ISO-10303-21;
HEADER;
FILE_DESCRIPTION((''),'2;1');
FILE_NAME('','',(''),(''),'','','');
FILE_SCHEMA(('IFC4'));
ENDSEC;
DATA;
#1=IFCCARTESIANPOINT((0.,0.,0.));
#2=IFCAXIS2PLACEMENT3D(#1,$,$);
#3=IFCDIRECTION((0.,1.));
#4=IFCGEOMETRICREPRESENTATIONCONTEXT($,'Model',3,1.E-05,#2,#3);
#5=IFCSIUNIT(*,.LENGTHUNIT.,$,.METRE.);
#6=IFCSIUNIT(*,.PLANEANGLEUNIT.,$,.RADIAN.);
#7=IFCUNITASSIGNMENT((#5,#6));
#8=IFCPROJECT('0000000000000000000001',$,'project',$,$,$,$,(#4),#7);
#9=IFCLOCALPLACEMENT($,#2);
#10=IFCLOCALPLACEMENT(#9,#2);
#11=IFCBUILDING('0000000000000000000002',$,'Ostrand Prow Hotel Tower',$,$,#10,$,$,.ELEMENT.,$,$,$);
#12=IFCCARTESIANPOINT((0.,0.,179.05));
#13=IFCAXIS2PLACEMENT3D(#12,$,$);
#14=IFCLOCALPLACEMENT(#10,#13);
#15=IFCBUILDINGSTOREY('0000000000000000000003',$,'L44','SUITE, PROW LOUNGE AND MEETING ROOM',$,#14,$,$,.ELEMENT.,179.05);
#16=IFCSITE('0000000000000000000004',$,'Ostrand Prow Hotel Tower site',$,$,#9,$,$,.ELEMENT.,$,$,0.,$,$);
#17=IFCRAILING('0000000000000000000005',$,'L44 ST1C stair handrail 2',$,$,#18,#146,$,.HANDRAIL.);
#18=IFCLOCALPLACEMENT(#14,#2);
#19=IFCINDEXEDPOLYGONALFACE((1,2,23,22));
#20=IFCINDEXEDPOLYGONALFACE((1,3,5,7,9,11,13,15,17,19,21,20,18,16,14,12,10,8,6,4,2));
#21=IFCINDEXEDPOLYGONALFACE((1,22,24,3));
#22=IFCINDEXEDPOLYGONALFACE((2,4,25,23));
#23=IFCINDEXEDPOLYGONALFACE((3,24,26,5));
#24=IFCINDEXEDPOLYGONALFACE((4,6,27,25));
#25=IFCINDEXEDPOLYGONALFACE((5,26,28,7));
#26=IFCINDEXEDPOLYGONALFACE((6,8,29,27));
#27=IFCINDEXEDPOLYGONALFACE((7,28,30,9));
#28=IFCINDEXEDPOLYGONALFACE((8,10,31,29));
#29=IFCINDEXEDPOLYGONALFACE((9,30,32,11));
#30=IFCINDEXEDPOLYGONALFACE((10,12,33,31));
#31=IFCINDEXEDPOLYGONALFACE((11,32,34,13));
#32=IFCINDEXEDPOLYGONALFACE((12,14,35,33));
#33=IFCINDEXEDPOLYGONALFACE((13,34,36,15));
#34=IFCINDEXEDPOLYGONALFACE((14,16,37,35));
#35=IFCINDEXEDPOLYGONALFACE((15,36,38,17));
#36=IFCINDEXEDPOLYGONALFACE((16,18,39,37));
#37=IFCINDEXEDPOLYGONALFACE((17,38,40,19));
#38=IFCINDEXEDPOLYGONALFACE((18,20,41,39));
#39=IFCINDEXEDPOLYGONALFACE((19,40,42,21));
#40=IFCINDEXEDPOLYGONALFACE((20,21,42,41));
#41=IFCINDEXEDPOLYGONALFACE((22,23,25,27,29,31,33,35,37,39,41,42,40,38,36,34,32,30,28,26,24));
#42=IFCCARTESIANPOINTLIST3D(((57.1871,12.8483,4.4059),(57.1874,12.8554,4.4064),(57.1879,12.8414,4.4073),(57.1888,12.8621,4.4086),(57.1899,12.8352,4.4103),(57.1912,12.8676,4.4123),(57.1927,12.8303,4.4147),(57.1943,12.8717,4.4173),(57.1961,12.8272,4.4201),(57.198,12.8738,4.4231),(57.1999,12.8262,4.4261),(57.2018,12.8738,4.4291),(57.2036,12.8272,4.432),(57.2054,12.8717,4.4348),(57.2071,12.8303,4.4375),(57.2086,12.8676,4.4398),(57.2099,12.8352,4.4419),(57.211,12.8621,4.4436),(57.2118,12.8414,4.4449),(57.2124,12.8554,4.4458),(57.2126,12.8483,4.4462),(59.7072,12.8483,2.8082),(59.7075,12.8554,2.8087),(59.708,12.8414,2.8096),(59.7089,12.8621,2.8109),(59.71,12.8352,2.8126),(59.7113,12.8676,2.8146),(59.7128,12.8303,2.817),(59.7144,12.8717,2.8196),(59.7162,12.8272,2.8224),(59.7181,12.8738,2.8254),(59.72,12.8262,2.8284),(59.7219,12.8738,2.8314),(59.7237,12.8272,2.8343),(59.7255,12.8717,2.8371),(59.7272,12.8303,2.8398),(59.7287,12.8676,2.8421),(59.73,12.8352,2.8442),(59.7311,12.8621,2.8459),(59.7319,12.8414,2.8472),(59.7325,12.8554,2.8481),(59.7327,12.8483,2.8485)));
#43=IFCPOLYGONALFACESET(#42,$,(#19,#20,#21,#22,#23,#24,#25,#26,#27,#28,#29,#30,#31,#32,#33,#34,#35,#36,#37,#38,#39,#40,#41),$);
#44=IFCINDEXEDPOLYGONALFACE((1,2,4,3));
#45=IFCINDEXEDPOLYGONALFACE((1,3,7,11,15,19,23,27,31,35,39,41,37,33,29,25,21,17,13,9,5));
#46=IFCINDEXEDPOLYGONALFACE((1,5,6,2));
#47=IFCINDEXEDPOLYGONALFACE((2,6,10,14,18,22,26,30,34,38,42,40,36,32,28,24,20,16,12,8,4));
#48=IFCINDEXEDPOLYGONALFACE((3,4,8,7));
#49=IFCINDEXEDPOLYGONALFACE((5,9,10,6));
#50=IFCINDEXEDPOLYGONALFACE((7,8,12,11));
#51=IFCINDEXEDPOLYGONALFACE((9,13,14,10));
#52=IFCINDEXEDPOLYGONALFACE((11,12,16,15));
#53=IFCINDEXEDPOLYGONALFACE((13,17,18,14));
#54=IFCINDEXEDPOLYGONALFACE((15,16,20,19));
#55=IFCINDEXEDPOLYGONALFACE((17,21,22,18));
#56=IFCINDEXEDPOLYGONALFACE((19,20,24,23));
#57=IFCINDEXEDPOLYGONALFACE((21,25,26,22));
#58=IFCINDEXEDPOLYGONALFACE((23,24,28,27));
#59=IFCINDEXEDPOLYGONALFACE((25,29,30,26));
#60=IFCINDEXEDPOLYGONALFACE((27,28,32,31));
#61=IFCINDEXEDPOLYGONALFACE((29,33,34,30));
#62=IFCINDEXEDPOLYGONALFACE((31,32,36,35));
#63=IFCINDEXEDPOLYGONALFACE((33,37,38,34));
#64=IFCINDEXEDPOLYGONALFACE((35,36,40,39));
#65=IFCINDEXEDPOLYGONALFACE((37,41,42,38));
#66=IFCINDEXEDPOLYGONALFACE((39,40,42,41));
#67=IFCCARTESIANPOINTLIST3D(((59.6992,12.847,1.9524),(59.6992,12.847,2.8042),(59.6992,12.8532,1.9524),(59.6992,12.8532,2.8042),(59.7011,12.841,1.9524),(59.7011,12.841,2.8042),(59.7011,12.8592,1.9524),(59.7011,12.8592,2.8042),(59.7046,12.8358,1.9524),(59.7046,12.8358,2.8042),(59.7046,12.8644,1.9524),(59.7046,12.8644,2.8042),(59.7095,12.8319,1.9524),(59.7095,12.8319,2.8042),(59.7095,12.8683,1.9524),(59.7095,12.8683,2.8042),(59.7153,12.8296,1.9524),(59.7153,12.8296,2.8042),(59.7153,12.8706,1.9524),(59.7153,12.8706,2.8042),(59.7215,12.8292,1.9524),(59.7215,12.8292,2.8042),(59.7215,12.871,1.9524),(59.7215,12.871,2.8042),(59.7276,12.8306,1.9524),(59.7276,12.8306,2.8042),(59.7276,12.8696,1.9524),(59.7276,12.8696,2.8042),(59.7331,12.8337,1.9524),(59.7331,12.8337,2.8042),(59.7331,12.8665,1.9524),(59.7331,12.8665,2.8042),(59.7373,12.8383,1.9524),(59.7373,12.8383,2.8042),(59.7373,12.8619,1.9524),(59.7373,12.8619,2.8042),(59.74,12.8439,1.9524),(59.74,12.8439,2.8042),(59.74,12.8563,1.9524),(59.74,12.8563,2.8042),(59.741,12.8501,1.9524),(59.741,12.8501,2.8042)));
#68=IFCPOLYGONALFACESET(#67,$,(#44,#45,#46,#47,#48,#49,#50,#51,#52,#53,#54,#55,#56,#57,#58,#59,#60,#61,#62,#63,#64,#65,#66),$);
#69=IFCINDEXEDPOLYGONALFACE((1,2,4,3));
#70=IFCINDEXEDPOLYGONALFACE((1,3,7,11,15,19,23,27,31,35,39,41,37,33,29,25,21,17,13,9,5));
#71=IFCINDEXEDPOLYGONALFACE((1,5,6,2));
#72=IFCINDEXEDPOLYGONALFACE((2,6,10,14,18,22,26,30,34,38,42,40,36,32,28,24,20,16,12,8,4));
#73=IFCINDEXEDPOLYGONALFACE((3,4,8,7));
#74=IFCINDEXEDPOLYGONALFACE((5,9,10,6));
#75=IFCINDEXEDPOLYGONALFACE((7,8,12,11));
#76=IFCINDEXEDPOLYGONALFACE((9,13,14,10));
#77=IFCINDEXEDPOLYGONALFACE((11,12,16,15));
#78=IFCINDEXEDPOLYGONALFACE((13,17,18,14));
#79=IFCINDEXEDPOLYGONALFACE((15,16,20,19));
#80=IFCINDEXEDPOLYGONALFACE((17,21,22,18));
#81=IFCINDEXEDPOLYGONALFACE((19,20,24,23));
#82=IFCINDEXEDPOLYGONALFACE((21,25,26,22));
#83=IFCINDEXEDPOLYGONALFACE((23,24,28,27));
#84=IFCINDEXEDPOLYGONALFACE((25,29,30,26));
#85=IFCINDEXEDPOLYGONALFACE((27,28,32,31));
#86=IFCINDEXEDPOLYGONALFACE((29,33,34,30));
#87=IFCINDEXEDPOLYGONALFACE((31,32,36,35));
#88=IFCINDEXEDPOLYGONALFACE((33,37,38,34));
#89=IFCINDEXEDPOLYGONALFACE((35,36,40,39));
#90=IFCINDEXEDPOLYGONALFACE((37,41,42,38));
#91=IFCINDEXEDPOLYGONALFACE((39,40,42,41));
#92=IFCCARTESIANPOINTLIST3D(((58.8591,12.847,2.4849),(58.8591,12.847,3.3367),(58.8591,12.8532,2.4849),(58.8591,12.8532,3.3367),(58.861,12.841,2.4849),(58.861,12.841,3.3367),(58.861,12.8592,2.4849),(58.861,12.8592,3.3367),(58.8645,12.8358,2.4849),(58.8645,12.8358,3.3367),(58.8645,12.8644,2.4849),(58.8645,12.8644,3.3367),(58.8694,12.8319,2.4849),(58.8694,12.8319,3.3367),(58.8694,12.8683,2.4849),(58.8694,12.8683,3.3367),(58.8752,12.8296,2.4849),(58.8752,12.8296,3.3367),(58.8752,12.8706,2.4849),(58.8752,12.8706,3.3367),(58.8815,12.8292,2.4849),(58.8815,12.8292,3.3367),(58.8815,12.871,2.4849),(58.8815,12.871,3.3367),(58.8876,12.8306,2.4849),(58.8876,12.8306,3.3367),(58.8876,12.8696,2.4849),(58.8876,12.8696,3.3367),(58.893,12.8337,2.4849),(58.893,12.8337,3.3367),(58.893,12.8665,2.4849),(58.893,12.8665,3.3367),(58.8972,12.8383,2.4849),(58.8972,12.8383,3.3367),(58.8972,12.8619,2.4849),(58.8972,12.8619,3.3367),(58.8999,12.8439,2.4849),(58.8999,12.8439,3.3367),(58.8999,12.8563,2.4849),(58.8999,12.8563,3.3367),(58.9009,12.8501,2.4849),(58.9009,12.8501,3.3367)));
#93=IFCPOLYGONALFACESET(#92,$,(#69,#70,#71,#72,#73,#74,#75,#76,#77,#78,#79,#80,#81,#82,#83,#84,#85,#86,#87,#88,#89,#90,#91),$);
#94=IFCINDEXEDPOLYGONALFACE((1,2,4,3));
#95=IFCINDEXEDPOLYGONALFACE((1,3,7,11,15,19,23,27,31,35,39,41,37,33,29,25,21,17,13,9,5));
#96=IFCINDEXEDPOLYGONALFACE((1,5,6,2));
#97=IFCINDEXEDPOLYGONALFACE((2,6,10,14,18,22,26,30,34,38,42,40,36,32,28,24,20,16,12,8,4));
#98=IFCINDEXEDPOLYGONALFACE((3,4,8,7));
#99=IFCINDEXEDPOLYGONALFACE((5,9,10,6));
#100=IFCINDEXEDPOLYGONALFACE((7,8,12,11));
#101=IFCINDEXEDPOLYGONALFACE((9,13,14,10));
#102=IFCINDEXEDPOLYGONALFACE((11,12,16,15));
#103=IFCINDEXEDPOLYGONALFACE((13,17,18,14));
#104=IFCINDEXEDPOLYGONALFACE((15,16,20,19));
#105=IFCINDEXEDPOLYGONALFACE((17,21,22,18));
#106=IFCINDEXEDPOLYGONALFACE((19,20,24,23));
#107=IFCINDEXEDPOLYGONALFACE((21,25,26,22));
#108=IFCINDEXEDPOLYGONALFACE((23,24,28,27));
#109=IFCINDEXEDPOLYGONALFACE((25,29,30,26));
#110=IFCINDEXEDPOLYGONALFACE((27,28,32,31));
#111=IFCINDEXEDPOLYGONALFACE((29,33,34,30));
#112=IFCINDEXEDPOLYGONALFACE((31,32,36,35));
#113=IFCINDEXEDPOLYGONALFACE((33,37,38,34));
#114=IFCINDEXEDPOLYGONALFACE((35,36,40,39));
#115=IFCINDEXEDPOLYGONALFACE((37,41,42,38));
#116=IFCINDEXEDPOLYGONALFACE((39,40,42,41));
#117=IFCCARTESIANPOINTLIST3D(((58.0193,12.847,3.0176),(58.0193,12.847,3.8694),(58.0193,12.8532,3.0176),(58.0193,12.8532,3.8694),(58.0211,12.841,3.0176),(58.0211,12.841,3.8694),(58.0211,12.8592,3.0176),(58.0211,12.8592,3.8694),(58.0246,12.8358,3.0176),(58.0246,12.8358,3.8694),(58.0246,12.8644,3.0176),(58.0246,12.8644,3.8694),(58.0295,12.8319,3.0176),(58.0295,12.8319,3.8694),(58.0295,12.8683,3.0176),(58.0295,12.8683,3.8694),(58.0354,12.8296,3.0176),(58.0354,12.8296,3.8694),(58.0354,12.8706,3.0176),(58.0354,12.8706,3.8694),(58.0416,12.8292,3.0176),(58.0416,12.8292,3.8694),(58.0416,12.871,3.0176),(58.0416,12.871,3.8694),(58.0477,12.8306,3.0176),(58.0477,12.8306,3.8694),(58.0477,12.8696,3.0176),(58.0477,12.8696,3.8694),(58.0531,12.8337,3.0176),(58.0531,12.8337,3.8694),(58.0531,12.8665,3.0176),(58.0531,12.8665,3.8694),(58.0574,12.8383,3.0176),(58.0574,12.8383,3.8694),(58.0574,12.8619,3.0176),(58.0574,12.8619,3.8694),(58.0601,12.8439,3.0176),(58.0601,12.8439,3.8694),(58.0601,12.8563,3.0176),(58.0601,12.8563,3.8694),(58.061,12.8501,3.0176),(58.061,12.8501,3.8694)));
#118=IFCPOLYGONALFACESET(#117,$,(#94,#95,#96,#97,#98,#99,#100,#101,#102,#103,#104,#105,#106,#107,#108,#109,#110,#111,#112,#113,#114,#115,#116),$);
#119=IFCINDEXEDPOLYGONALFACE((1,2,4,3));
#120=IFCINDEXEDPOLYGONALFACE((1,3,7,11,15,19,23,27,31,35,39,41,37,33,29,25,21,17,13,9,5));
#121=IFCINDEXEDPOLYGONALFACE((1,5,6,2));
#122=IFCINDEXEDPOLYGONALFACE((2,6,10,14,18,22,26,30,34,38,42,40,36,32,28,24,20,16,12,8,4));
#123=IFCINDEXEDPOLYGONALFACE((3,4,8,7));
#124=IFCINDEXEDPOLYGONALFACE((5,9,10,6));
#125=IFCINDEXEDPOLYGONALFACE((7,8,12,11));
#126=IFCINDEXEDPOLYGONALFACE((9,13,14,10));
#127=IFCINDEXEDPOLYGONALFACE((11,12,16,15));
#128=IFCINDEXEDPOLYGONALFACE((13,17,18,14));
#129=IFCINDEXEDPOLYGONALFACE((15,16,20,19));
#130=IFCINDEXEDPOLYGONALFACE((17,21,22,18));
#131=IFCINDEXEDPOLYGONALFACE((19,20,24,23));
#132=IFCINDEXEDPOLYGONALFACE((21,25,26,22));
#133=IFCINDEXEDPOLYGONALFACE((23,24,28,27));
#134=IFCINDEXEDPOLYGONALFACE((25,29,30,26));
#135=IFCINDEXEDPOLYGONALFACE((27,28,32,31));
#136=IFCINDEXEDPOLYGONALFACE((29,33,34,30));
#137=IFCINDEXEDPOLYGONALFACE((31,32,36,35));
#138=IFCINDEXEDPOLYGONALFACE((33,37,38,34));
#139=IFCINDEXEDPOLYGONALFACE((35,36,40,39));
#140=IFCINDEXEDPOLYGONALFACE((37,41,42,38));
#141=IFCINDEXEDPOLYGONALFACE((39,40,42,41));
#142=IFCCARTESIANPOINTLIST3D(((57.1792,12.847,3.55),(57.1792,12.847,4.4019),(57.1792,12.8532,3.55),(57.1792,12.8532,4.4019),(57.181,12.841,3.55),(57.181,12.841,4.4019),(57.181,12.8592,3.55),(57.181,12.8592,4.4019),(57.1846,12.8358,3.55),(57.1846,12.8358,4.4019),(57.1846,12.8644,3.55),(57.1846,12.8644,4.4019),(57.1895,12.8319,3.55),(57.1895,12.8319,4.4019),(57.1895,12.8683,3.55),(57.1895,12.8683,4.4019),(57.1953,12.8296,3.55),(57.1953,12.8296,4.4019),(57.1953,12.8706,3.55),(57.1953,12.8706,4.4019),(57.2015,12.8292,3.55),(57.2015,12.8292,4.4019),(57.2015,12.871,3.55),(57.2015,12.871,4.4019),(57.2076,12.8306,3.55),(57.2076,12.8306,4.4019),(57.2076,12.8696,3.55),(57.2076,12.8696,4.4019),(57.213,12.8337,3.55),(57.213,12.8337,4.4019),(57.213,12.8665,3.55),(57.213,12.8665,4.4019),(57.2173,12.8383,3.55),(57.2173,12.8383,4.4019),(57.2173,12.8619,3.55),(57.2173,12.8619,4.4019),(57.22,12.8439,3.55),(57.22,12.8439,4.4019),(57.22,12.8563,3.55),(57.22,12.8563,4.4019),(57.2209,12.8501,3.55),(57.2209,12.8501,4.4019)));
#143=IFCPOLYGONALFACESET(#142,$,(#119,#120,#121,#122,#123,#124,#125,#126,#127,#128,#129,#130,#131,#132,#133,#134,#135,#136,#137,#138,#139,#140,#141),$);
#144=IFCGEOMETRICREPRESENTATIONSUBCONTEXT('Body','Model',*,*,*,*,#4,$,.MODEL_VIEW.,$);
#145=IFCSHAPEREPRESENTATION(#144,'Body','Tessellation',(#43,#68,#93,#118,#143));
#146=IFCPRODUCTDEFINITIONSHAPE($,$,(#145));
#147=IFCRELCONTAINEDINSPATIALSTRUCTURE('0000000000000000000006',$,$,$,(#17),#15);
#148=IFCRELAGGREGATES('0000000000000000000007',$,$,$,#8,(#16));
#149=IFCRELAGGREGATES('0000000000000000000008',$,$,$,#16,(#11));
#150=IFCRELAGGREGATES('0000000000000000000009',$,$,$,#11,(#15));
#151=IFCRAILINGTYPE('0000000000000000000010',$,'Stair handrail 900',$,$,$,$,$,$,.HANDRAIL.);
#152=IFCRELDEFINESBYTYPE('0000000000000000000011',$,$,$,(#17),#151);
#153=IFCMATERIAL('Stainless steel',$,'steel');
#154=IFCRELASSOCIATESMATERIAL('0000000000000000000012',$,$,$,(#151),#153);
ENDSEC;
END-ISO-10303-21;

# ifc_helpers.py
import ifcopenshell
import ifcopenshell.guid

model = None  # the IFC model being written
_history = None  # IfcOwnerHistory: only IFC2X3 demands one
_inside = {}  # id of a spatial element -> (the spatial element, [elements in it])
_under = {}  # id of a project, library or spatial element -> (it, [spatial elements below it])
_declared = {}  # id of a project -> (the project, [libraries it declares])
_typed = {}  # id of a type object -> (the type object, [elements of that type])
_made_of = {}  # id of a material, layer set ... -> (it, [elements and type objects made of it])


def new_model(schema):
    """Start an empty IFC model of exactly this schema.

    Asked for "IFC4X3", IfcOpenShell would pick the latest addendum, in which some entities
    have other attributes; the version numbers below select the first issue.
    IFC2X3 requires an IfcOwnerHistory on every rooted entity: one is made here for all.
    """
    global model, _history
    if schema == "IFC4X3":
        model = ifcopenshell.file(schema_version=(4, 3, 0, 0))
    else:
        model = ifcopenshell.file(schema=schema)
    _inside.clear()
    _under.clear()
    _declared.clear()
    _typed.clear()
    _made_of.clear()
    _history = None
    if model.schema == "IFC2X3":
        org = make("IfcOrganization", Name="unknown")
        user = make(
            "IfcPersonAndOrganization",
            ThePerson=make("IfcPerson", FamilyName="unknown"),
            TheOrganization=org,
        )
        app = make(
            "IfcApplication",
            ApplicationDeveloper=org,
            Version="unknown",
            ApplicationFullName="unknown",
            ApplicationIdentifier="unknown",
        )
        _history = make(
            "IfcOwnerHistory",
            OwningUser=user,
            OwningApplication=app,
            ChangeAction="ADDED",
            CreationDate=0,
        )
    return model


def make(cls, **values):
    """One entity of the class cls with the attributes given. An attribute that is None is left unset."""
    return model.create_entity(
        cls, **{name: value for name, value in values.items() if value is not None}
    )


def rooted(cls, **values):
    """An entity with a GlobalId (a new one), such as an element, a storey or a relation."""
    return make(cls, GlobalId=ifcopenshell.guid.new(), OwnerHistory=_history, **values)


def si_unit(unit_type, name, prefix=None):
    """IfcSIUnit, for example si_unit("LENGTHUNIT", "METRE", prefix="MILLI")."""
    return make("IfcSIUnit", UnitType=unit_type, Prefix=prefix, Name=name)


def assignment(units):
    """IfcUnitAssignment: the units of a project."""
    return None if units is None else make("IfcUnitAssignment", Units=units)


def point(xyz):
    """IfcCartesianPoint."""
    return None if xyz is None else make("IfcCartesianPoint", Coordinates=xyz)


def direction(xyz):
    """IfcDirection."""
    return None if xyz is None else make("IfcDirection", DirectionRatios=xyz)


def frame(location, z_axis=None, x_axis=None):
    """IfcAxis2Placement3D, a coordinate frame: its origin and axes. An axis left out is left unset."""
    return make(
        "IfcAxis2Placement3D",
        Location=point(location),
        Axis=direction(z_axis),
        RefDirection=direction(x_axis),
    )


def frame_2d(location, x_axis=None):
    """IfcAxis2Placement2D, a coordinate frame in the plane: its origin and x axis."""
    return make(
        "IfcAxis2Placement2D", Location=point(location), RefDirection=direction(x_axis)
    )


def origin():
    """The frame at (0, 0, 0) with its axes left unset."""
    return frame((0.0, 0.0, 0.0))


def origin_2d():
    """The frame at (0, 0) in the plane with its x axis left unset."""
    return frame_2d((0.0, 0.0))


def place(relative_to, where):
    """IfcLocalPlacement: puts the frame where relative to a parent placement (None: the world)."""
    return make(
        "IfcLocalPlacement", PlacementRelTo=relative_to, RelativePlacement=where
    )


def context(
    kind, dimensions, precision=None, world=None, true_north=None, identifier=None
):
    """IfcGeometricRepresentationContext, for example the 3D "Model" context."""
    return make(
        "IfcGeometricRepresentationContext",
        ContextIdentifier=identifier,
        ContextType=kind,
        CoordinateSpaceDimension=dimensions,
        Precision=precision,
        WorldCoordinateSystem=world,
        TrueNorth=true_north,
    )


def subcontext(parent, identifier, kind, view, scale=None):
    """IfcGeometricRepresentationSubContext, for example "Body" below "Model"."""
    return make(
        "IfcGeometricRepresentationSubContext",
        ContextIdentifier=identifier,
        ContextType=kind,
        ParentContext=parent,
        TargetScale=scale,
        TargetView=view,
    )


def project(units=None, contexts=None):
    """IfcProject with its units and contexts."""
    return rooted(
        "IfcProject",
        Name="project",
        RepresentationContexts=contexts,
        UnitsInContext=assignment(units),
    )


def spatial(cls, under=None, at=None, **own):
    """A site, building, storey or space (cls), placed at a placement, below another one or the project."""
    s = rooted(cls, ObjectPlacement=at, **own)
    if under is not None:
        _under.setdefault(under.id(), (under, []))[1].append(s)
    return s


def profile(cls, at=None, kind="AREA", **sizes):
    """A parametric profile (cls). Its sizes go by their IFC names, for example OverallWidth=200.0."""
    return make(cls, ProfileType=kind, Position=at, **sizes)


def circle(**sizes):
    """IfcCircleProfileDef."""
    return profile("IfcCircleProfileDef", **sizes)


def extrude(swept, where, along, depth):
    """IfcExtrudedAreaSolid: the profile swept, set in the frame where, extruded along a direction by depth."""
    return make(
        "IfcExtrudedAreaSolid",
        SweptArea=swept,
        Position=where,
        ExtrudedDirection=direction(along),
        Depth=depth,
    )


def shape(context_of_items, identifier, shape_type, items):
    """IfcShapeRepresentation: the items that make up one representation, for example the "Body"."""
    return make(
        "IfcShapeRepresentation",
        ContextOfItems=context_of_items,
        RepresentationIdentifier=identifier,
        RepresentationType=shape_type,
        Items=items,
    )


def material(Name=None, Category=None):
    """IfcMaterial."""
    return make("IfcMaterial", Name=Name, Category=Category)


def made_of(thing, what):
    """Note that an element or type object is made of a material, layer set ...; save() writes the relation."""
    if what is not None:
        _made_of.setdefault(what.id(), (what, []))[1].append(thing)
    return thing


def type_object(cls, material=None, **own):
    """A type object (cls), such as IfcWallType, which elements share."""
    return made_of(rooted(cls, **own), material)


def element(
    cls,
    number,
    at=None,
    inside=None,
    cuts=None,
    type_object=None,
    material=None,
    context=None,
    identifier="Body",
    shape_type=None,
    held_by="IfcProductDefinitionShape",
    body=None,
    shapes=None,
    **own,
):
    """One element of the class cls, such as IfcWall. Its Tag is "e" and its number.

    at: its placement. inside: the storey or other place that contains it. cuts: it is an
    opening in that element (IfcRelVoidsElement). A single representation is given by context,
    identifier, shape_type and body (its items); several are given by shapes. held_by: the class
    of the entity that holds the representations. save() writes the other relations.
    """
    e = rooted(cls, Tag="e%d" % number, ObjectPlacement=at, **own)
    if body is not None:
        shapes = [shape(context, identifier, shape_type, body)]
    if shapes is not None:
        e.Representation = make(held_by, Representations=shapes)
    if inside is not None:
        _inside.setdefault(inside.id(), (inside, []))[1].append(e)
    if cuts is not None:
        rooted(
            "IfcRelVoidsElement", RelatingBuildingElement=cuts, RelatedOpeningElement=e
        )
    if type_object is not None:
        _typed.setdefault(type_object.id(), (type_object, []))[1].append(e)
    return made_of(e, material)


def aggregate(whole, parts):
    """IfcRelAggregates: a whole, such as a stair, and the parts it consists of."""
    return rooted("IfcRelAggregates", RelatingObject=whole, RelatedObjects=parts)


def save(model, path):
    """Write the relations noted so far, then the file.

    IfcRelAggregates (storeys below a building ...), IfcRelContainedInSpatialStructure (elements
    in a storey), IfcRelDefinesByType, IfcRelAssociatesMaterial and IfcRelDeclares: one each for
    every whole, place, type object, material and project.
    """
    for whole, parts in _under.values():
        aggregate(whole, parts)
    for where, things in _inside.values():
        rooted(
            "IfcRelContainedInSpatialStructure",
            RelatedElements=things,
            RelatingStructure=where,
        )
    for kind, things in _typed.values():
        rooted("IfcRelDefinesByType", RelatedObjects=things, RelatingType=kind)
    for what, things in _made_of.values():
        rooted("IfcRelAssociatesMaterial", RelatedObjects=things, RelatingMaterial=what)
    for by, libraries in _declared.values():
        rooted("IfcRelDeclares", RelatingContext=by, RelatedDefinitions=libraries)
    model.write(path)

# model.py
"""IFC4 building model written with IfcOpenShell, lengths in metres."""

from ifc_helpers import new_model, si_unit, direction, frame, origin, origin_2d, place, context, subcontext, project, spatial, circle, extrude, material, type_object, element, save


model = new_model("IFC4")

# Units and contexts
model_context = context("Model", 3, precision=1e-05, world=origin(), true_north=direction((0.0, 1.0)))
body_context = subcontext(model_context, "Body", "Model", "MODEL_VIEW")
ifc_project = project(units=[si_unit("LENGTHUNIT", "METRE"), si_unit("PLANEANGLEUNIT", "RADIAN")], contexts=[model_context])

# Site, building, storey
site_placement = place(None, origin())
site = spatial("IfcSite", under=ifc_project, at=site_placement, Name="Ostrand Prow Hotel Tower site", CompositionType="ELEMENT", RefElevation=0.0)
building_placement = place(site_placement, origin())
building = spatial("IfcBuilding", under=site, at=building_placement, Name="Ostrand Prow Hotel Tower", CompositionType="ELEMENT")
storey_placement = place(building_placement, frame((0.0, 0.0, 179.05)))
storey = spatial("IfcBuildingStorey", under=building, at=storey_placement, Name="L44", Description="SUITE, PROW LOUNGE AND MEETING ROOM", CompositionType="ELEMENT", Elevation=179.05)

# Railing
ifc_material_1 = material(Name="Stainless steel", Category="steel")
railing_type_1 = type_object("IfcRailingType", Name="Stair handrail 900", PredefinedType="HANDRAIL", material=ifc_material_1)
railing_1_placement = place(storey_placement, frame((59.72, 12.8501, 1.9524)))
element("IfcRailing", 1, at=railing_1_placement, inside=storey, type_object=railing_type_1, Name="L44 ST1C stair handrail 2", PredefinedType="HANDRAIL", context=body_context, shape_type="SweptSolid", body=[
    extrude(circle(Radius=0.0239, at=origin_2d()), frame((0.0, 0.0, 0.876), z_axis=(-0.84457, 0.0, 0.535445), x_axis=(0.0, -1.0, 0.0)), (0.0, 0.0, 1.0), 2.9839),
    extrude(circle(Radius=0.021, at=origin_2d()), origin(), (0.0, 0.0, 1.0), 0.8518),
    extrude(circle(Radius=0.021, at=origin_2d()), frame((-0.8401, 0.0, 0.5325)), (0.0, 0.0, 1.0), 0.8518),
    extrude(circle(Radius=0.021, at=origin_2d()), frame((-1.6799, 0.0, 1.0652)), (0.0, 0.0, 1.0), 0.8518),
    extrude(circle(Radius=0.021, at=origin_2d()), frame((-2.52, 0.0, 1.5977)), (0.0, 0.0, 1.0), 0.8518),
])

save(model, "model.ifc")
